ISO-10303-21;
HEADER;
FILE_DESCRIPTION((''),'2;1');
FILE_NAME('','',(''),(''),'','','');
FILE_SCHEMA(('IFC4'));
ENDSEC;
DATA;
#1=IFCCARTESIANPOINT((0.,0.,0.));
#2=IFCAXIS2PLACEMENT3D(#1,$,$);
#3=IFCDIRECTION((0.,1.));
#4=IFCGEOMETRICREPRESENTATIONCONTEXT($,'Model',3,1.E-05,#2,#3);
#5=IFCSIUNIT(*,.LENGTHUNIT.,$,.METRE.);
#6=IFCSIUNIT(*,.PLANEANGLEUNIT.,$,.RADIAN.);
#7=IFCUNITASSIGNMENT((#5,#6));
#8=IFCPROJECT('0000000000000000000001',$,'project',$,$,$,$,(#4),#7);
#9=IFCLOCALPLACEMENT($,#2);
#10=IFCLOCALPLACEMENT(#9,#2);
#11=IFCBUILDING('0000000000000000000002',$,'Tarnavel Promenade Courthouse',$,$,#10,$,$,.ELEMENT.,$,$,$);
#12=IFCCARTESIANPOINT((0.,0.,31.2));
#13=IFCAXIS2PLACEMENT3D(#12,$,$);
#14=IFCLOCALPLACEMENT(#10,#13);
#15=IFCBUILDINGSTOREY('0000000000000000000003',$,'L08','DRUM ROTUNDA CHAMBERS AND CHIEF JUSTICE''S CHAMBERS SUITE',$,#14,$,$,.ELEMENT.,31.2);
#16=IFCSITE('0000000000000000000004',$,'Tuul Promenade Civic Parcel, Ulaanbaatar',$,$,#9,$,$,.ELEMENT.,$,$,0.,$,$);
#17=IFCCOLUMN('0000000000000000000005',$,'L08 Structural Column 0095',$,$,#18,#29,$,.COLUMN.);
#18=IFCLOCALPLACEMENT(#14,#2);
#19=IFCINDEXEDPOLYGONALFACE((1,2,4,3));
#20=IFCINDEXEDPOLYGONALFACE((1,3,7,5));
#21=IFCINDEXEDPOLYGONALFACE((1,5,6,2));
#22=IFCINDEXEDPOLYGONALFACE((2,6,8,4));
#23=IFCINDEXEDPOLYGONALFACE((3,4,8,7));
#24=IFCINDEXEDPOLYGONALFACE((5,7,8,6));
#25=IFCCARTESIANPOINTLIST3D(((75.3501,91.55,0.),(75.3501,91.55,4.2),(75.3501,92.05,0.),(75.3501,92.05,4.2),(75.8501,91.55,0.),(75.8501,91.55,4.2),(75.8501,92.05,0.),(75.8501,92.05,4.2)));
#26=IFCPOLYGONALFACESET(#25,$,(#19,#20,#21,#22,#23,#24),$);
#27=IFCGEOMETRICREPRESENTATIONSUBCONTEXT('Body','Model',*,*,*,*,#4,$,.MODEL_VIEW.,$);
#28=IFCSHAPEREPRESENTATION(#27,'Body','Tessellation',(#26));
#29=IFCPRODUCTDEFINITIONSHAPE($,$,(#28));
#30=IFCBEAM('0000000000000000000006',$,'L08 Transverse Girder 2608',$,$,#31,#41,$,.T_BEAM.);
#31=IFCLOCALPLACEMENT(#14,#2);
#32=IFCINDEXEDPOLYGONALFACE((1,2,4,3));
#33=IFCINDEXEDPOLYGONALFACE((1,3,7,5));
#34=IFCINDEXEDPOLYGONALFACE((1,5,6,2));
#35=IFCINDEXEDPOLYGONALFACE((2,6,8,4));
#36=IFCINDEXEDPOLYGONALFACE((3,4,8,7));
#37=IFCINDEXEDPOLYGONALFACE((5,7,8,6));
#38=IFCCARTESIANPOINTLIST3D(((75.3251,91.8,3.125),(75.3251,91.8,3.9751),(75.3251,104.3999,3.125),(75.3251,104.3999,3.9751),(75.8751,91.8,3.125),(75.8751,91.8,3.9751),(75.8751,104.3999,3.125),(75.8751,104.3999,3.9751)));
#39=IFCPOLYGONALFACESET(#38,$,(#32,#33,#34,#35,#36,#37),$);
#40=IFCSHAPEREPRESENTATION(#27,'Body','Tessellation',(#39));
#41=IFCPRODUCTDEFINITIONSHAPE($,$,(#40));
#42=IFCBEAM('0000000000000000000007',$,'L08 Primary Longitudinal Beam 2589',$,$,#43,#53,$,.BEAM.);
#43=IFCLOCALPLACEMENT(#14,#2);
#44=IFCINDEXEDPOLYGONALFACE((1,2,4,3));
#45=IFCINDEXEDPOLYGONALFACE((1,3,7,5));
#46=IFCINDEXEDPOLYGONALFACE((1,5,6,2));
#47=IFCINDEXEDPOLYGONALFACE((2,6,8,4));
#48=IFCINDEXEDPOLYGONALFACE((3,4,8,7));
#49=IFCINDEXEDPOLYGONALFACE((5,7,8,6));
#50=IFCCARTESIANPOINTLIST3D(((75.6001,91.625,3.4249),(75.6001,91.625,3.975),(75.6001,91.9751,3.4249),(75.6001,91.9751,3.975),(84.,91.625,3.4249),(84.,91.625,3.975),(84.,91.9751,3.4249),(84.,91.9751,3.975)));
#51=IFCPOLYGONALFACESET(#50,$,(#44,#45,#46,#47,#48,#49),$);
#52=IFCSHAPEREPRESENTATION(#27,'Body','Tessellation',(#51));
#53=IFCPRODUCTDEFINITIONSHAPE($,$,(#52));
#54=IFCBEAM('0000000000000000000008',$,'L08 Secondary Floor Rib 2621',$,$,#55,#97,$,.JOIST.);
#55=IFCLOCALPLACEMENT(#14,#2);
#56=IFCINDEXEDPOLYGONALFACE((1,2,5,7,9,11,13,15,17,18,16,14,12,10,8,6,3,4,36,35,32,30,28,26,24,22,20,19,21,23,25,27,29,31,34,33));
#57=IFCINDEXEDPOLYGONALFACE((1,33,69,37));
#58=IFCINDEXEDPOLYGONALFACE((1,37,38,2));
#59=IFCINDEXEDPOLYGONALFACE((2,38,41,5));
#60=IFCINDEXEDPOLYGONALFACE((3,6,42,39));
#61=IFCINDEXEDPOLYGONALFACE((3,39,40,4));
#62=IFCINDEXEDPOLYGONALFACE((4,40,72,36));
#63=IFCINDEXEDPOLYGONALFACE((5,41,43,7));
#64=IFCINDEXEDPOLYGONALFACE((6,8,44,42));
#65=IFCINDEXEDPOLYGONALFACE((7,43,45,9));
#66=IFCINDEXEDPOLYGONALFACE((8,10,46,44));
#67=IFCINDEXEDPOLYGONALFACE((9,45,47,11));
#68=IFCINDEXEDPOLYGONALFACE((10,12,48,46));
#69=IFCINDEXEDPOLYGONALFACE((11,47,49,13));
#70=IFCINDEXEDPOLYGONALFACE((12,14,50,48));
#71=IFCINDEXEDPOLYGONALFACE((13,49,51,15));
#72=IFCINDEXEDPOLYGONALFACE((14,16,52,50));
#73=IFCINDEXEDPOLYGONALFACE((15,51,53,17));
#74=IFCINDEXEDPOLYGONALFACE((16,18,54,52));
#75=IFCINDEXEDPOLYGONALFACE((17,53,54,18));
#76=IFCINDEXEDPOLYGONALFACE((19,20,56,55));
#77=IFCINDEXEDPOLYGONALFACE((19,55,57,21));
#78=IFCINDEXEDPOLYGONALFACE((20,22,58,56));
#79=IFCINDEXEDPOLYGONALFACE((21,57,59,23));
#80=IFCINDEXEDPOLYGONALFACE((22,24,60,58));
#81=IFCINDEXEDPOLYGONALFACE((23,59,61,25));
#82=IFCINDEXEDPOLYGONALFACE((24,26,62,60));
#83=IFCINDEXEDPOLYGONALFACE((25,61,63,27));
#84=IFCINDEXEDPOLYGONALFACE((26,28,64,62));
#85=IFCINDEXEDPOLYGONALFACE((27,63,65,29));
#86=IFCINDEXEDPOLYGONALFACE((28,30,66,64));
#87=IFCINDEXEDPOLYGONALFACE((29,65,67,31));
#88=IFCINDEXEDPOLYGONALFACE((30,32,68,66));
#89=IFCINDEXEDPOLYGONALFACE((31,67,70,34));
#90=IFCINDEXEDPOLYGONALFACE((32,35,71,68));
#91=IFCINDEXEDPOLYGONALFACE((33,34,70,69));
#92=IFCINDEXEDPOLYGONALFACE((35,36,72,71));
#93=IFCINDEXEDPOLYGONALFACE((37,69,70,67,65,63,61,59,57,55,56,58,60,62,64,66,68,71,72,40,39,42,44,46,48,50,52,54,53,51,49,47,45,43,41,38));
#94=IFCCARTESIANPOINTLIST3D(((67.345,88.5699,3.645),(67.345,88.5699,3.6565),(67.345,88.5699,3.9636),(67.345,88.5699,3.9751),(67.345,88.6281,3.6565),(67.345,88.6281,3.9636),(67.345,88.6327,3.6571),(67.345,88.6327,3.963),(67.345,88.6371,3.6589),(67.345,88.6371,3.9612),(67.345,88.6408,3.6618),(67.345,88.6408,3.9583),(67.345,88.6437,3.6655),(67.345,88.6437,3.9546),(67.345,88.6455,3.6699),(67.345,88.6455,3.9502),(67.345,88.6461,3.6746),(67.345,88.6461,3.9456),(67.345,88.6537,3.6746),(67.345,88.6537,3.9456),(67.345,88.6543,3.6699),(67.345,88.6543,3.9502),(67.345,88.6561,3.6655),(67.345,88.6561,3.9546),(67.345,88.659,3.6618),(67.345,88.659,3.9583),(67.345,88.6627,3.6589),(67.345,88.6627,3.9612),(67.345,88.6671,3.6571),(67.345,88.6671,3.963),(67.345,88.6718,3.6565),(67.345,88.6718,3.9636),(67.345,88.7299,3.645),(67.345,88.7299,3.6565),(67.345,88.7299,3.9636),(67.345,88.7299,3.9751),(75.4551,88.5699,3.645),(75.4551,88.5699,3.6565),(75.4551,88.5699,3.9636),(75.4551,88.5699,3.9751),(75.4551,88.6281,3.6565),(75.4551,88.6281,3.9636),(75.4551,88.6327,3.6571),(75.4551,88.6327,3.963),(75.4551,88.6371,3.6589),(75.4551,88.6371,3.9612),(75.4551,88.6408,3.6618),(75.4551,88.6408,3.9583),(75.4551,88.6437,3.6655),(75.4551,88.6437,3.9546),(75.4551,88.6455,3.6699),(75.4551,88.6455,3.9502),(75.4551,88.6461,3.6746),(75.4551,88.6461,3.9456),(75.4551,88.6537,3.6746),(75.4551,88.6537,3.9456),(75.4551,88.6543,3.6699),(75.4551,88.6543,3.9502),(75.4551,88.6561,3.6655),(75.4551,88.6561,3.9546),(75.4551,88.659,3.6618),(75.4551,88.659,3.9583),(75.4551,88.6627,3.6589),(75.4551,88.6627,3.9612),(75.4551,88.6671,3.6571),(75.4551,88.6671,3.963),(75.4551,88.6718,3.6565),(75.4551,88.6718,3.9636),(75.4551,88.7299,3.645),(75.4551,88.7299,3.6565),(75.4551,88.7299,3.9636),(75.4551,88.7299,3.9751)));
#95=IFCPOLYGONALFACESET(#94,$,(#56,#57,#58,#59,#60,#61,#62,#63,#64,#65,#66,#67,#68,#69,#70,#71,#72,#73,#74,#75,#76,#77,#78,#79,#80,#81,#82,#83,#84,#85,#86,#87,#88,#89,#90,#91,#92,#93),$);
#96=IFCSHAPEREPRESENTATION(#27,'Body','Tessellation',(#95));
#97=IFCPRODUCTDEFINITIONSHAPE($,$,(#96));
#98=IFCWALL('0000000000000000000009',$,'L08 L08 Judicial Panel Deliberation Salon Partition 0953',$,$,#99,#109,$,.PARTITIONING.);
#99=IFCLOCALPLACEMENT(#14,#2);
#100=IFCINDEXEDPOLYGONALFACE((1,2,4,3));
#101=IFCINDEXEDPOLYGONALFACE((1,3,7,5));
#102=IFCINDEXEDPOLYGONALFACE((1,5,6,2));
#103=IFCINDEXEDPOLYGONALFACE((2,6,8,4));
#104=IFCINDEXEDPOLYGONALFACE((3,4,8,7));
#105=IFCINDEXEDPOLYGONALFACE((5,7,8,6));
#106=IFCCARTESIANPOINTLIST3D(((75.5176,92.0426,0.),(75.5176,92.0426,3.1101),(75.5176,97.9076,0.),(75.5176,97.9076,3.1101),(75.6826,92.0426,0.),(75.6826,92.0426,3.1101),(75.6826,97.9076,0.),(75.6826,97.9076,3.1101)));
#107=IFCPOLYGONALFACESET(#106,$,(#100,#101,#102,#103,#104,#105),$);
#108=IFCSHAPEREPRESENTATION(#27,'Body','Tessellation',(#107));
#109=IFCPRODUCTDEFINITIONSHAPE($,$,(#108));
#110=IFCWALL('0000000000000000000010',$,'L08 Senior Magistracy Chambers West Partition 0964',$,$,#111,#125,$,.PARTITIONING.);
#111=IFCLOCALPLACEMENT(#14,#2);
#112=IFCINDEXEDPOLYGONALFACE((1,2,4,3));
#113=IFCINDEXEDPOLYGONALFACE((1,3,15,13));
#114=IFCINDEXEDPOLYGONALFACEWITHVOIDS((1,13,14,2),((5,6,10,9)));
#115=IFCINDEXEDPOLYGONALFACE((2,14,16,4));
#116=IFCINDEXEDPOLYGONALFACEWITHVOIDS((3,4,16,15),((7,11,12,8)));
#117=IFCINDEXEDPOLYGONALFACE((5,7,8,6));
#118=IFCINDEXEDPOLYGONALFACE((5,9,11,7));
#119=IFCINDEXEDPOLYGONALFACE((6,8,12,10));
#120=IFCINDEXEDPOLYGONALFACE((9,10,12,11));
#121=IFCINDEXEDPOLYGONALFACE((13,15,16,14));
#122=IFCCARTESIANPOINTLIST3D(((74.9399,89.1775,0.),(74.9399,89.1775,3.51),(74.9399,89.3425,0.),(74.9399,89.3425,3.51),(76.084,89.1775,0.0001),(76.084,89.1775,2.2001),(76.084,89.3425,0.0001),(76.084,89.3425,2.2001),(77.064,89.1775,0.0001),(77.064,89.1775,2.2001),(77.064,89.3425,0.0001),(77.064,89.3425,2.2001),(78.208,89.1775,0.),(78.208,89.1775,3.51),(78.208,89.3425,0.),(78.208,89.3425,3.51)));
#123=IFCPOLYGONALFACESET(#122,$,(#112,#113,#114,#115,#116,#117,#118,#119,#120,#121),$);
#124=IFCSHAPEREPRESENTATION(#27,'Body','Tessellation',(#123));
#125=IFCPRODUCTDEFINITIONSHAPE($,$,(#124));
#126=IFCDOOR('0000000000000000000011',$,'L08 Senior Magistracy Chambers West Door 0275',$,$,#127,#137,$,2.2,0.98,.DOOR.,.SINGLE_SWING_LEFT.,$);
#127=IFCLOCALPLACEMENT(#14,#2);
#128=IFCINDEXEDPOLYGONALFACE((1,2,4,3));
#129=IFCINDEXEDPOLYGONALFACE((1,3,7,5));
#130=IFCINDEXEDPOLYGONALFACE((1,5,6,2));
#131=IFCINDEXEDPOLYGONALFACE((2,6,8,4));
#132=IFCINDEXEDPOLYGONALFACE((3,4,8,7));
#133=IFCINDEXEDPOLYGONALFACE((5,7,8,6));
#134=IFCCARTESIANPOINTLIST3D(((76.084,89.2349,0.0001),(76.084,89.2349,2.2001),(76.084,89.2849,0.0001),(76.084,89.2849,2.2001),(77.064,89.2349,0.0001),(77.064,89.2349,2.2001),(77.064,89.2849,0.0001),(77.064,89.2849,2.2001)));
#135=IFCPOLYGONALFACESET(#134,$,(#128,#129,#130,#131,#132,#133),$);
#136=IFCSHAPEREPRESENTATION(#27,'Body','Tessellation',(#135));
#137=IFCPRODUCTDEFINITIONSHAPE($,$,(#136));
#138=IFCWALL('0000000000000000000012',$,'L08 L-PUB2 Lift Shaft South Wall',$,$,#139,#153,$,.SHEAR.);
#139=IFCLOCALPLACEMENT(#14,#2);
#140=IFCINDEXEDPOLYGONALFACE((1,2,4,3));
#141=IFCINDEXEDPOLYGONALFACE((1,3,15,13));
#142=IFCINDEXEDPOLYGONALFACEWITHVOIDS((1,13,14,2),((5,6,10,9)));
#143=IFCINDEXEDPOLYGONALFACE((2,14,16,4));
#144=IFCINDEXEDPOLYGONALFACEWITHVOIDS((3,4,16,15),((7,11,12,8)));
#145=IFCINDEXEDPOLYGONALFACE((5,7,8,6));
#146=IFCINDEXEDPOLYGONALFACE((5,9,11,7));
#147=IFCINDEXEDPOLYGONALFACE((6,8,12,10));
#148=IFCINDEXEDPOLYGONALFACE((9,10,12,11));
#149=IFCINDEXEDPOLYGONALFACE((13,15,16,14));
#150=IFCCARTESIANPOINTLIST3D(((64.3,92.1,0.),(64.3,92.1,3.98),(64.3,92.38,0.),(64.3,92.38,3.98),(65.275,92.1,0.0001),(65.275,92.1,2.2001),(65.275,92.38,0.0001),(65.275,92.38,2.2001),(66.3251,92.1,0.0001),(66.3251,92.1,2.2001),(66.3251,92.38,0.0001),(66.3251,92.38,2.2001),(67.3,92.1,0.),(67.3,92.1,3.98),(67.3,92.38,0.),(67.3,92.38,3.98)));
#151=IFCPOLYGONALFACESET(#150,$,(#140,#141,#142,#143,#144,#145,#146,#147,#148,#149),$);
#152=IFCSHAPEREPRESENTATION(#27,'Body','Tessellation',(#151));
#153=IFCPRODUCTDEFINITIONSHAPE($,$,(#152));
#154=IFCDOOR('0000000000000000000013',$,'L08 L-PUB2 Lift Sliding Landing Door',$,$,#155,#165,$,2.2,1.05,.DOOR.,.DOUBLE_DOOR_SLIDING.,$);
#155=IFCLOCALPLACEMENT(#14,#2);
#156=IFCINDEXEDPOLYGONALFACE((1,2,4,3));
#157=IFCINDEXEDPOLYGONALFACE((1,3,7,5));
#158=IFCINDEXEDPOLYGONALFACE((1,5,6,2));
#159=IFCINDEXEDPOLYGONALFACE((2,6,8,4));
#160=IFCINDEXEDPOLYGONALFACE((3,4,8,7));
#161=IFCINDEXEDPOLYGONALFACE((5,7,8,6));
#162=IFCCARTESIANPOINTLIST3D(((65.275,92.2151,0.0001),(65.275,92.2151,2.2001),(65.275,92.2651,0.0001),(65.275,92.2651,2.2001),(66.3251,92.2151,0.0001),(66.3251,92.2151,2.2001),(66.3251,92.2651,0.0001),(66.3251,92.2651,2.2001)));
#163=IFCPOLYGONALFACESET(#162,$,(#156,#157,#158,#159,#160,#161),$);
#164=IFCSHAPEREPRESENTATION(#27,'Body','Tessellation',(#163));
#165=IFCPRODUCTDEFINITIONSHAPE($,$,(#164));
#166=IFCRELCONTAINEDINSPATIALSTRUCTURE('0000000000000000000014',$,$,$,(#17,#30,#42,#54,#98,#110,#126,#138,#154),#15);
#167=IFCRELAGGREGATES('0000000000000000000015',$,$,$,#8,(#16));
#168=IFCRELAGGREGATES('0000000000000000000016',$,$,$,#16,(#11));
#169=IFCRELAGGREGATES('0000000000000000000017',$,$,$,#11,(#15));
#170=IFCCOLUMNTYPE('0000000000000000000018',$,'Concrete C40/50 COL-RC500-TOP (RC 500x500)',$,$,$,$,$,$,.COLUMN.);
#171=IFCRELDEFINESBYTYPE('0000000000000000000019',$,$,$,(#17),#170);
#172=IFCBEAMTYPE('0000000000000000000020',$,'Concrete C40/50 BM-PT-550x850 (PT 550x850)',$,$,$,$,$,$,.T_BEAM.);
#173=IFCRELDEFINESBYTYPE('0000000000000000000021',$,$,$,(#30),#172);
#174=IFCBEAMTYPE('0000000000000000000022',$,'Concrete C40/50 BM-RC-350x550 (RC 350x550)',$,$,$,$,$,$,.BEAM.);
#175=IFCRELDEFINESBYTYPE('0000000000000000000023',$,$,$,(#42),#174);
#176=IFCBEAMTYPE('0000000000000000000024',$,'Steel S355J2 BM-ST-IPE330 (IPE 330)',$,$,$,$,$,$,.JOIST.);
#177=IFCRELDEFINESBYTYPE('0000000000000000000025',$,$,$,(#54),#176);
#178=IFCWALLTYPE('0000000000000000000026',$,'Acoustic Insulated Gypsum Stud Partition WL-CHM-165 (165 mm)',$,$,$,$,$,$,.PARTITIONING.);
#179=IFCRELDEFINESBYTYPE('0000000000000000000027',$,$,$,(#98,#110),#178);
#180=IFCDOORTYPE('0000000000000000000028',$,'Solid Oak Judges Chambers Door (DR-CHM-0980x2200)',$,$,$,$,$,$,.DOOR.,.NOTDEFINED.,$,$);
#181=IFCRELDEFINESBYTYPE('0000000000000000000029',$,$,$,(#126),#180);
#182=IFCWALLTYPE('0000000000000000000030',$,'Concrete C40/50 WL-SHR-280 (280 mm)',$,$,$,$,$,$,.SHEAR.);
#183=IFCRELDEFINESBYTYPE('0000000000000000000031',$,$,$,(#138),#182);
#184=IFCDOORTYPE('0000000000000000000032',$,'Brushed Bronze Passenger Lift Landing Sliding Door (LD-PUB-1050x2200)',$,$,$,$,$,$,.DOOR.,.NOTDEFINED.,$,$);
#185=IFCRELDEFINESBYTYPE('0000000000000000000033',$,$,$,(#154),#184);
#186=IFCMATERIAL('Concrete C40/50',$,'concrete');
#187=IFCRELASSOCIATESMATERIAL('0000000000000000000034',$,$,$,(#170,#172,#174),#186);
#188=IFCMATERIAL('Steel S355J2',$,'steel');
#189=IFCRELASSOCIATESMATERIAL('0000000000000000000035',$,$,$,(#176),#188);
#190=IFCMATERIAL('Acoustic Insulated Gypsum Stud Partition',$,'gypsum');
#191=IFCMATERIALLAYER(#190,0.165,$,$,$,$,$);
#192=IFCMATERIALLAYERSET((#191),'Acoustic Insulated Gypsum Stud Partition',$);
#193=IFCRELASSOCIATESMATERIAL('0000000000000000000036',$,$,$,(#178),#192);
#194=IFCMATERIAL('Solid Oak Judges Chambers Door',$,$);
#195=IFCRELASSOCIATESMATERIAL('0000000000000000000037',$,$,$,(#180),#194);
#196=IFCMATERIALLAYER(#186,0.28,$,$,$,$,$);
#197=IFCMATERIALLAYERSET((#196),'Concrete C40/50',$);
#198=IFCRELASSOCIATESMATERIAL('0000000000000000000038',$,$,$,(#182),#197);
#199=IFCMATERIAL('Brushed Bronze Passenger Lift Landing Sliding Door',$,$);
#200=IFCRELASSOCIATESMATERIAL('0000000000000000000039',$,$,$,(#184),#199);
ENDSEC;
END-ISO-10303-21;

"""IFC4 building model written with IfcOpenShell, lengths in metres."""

from ifc_helpers import new_model, si_unit, direction, frame, frame_2d, origin, origin_2d, place, context, subcontext, project, spatial, rectangle, i_section, extrude, material, layer, layer_set, material_profile, profile_set, type_object, element, fill, save


model = new_model("IFC4")

# Units and contexts
model_context = context("Model", 3, precision=1e-05, world=origin(), true_north=direction((0.0, 1.0)))
body_context = subcontext(model_context, "Body", "Model", "MODEL_VIEW")
ifc_project = project(units=[si_unit("LENGTHUNIT", "METRE"), si_unit("PLANEANGLEUNIT", "RADIAN")], contexts=[model_context])

# Site, building, storey
site_placement = place(None, origin())
site = spatial("IfcSite", under=ifc_project, at=site_placement, Name="Tuul Promenade Civic Parcel, Ulaanbaatar", CompositionType="ELEMENT", RefElevation=0.0)
building_placement = place(site_placement, origin())
building = spatial("IfcBuilding", under=site, at=building_placement, Name="Tarnavel Promenade Courthouse", CompositionType="ELEMENT")
storey_placement = place(building_placement, frame((0.0, 0.0, 31.2)))
storey = spatial("IfcBuildingStorey", under=building, at=storey_placement, Name="L08", Description="DRUM ROTUNDA CHAMBERS AND CHIEF JUSTICE'S CHAMBERS SUITE", CompositionType="ELEMENT", Elevation=31.2)

# Column
ifc_material_1 = material(Name="Concrete C40/50", Category="concrete")
ifc_material_profile_1 = material_profile(ifc_material_1, rectangle(XDim=0.5, YDim=0.5, at=origin_2d()), Name="RC 500x500")
ifc_profile_set_1 = profile_set([ifc_material_profile_1], Name="Concrete C40/50")
column_type = type_object("IfcColumnType", Name="Concrete C40/50 COL-RC500-TOP (RC 500x500)", PredefinedType="COLUMN", material=ifc_profile_set_1)
column_placement = place(storey_placement, frame((75.6001, 91.8, 0.0), z_axis=(0.0, 0.0, 1.0), x_axis=(1.0, 0.0, 0.0)))
element("IfcColumn", 1, at=column_placement, inside=storey, type_object=column_type, Name="L08 Structural Column 0095", PredefinedType="COLUMN", context=body_context, shape_type="SweptSolid", body=[
    extrude(rectangle(XDim=0.5, YDim=0.5, at=origin_2d()), origin(), (0.0, 0.0, 1.0), 4.2),
])

# Beams
ifc_material_profile_2 = material_profile(ifc_material_1, rectangle(XDim=0.55, YDim=0.8501, at=origin_2d()), Name="PT 550x850")
ifc_profile_set_2 = profile_set([ifc_material_profile_2], Name="Concrete C40/50")
beam_type_1 = type_object("IfcBeamType", Name="Concrete C40/50 BM-PT-550x850 (PT 550x850)", PredefinedType="T_BEAM", material=ifc_profile_set_2)
beam_1_placement = place(storey_placement, frame((75.6001, 91.8, 3.55), z_axis=(0.0, 1.0, 0.0), x_axis=(-1.0, 0.0, 0.0)))
element("IfcBeam", 2, at=beam_1_placement, inside=storey, type_object=beam_type_1, Name="L08 Transverse Girder 2608", PredefinedType="T_BEAM", context=body_context, shape_type="SweptSolid", body=[
    extrude(rectangle(XDim=0.55, YDim=0.8501, at=origin_2d()), origin(), (0.0, 0.0, 1.0), 12.5999),
])
ifc_material_profile_3 = material_profile(ifc_material_1, rectangle(XDim=0.3501, YDim=0.55, at=origin_2d()), Name="RC 350x550")
ifc_profile_set_3 = profile_set([ifc_material_profile_3], Name="Concrete C40/50")
beam_type_2 = type_object("IfcBeamType", Name="Concrete C40/50 BM-RC-350x550 (RC 350x550)", PredefinedType="BEAM", material=ifc_profile_set_3)
beam_2_placement = place(storey_placement, frame((75.6001, 91.8, 3.7), z_axis=(1.0, 0.0, 0.0), x_axis=(0.0, 1.0, 0.0)))
element("IfcBeam", 3, at=beam_2_placement, inside=storey, type_object=beam_type_2, Name="L08 Primary Longitudinal Beam 2589", PredefinedType="BEAM", context=body_context, shape_type="SweptSolid", body=[
    extrude(rectangle(XDim=0.3501, YDim=0.55, at=origin_2d()), origin(), (0.0, 0.0, 1.0), 8.3999),
])
ifc_material_2 = material(Name="Steel S355J2", Category="steel")
ifc_material_profile_4 = material_profile(ifc_material_2, i_section(OverallWidth=0.1599, OverallDepth=0.3301, WebThickness=0.0076, FlangeThickness=0.0115, FilletRadius=0.0181, at=origin_2d()), Name="IPE 330")
ifc_profile_set_4 = profile_set([ifc_material_profile_4], Name="Steel S355J2")
beam_type_3 = type_object("IfcBeamType", Name="Steel S355J2 BM-ST-IPE330 (IPE 330)", PredefinedType="JOIST", material=ifc_profile_set_4)
beam_3_placement = place(storey_placement, frame((67.345, 88.6499, 3.8101), z_axis=(1.0, 0.0, 0.0), x_axis=(0.0, 1.0, 0.0)))
element("IfcBeam", 4, at=beam_3_placement, inside=storey, type_object=beam_type_3, Name="L08 Secondary Floor Rib 2621", PredefinedType="JOIST", context=body_context, shape_type="SweptSolid", body=[
    extrude(i_section(OverallWidth=0.1599, OverallDepth=0.3301, WebThickness=0.0076, FlangeThickness=0.0115, FilletRadius=0.0181, at=origin_2d()), origin(), (0.0, 0.0, 1.0), 8.1101),
])

# Wall
ifc_material_3 = material(Name="Acoustic Insulated Gypsum Stud Partition", Category="gypsum")
ifc_layer_1 = layer(ifc_material_3, 0.165)
ifc_layer_set_1 = layer_set([ifc_layer_1], Name="Acoustic Insulated Gypsum Stud Partition")
wall_type_1 = type_object("IfcWallType", Name="Acoustic Insulated Gypsum Stud Partition WL-CHM-165 (165 mm)", PredefinedType="PARTITIONING", material=ifc_layer_set_1)
wall_1_placement = place(storey_placement, frame((75.6001, 92.0425, 0.0), z_axis=(0.0, 0.0, 1.0), x_axis=(0.0, 1.0, 0.0)))
element("IfcWall", 5, at=wall_1_placement, inside=storey, type_object=wall_type_1, Name="L08 L08 Judicial Panel Deliberation Salon Partition 0953", PredefinedType="PARTITIONING", context=body_context, shape_type="SweptSolid", body=[
    extrude(rectangle(XDim=5.865, YDim=0.165, at=frame_2d((2.9326, 0.0))), origin(), (0.0, 0.0, 1.0), 3.1101),
])

# Walls, openings, doors
wall_2_placement = place(storey_placement, frame((74.9399, 89.26, 0.0), z_axis=(0.0, 0.0, 1.0), x_axis=(1.0, 0.0, 0.0)))
wall_2 = element("IfcWall", 6, at=wall_2_placement, inside=storey, type_object=wall_type_1, Name="L08 Senior Magistracy Chambers West Partition 0964", PredefinedType="PARTITIONING", context=body_context, shape_type="SweptSolid", body=[
    extrude(rectangle(XDim=3.2681, YDim=0.165, at=frame_2d((1.634, 0.0))), origin(), (0.0, 0.0, 1.0), 3.51),
])
opening_1_placement = place(wall_2_placement, frame((1.144, 0.0, 0.0)))
opening_1 = element("IfcOpeningElement", 7, at=opening_1_placement, cuts=wall_2, PredefinedType="OPENING", context=body_context, shape_type="SweptSolid", body=[
    extrude(rectangle(XDim=0.98, YDim=2.2, at=frame_2d((0.49, 1.1001))), frame((0.0, 0.0925, 0.0), z_axis=(0.0, -1.0, 0.0), x_axis=(1.0, 0.0, 0.0)), (0.0, 0.0, 1.0), 0.1851),
])
ifc_material_4 = material(Name="Solid Oak Judges Chambers Door")
door_type_1 = type_object("IfcDoorType", Name="Solid Oak Judges Chambers Door (DR-CHM-0980x2200)", OperationType="NOTDEFINED", PredefinedType="DOOR", material=ifc_material_4)
door_1_placement = place(opening_1_placement, origin())
door_1 = element("IfcDoor", 8, at=door_1_placement, inside=storey, type_object=door_type_1, Name="L08 Senior Magistracy Chambers West Door 0275", OperationType="SINGLE_SWING_LEFT", OverallHeight=2.2, OverallWidth=0.98, PredefinedType="DOOR", context=body_context, shape_type="SweptSolid", body=[
    extrude(rectangle(XDim=0.98, YDim=2.2, at=frame_2d((0.49, 1.1001))), frame((0.0, 0.0249, 0.0), z_axis=(0.0, -1.0, 0.0), x_axis=(1.0, 0.0, 0.0)), (0.0, 0.0, 1.0), 0.05),
])
fill(opening_1, door_1)
ifc_layer_2 = layer(ifc_material_1, 0.28)
ifc_layer_set_2 = layer_set([ifc_layer_2], Name="Concrete C40/50")
wall_type_2 = type_object("IfcWallType", Name="Concrete C40/50 WL-SHR-280 (280 mm)", PredefinedType="SHEAR", material=ifc_layer_set_2)
wall_3_placement = place(storey_placement, frame((67.3, 92.24, 0.0), z_axis=(0.0, 0.0, 1.0), x_axis=(-1.0, 0.0, 0.0)))
wall_3 = element("IfcWall", 9, at=wall_3_placement, inside=storey, type_object=wall_type_2, Name="L08 L-PUB2 Lift Shaft South Wall", PredefinedType="SHEAR", context=body_context, shape_type="SweptSolid", body=[
    extrude(rectangle(XDim=3.0, YDim=0.28, at=frame_2d((1.5, 0.0))), origin(), (0.0, 0.0, 1.0), 3.98),
])
opening_2_placement = place(wall_3_placement, frame((0.9751, 0.0, 0.0)))
opening_2 = element("IfcOpeningElement", 10, at=opening_2_placement, cuts=wall_3, PredefinedType="OPENING", context=body_context, shape_type="SweptSolid", body=[
    extrude(rectangle(XDim=1.05, YDim=2.2, at=frame_2d((0.5249, 1.1001))), frame((0.0, 0.1499, 0.0), z_axis=(0.0, -1.0, 0.0), x_axis=(1.0, 0.0, 0.0)), (0.0, 0.0, 1.0), 0.3),
])
ifc_material_5 = material(Name="Brushed Bronze Passenger Lift Landing Sliding Door")
door_type_2 = type_object("IfcDoorType", Name="Brushed Bronze Passenger Lift Landing Sliding Door (LD-PUB-1050x2200)", OperationType="NOTDEFINED", PredefinedType="DOOR", material=ifc_material_5)
door_2_placement = place(opening_2_placement, origin())
door_2 = element("IfcDoor", 11, at=door_2_placement, inside=storey, type_object=door_type_2, Name="L08 L-PUB2 Lift Sliding Landing Door", OperationType="DOUBLE_DOOR_SLIDING", OverallHeight=2.2, OverallWidth=1.05, PredefinedType="DOOR", context=body_context, shape_type="SweptSolid", body=[
    extrude(rectangle(XDim=1.05, YDim=2.2, at=frame_2d((0.5249, 1.1001))), frame((0.0, 0.0249, 0.0), z_axis=(0.0, -1.0, 0.0), x_axis=(1.0, 0.0, 0.0)), (0.0, 0.0, 1.0), 0.05),
])
fill(opening_2, door_2)

save(model, "model.ifc")
